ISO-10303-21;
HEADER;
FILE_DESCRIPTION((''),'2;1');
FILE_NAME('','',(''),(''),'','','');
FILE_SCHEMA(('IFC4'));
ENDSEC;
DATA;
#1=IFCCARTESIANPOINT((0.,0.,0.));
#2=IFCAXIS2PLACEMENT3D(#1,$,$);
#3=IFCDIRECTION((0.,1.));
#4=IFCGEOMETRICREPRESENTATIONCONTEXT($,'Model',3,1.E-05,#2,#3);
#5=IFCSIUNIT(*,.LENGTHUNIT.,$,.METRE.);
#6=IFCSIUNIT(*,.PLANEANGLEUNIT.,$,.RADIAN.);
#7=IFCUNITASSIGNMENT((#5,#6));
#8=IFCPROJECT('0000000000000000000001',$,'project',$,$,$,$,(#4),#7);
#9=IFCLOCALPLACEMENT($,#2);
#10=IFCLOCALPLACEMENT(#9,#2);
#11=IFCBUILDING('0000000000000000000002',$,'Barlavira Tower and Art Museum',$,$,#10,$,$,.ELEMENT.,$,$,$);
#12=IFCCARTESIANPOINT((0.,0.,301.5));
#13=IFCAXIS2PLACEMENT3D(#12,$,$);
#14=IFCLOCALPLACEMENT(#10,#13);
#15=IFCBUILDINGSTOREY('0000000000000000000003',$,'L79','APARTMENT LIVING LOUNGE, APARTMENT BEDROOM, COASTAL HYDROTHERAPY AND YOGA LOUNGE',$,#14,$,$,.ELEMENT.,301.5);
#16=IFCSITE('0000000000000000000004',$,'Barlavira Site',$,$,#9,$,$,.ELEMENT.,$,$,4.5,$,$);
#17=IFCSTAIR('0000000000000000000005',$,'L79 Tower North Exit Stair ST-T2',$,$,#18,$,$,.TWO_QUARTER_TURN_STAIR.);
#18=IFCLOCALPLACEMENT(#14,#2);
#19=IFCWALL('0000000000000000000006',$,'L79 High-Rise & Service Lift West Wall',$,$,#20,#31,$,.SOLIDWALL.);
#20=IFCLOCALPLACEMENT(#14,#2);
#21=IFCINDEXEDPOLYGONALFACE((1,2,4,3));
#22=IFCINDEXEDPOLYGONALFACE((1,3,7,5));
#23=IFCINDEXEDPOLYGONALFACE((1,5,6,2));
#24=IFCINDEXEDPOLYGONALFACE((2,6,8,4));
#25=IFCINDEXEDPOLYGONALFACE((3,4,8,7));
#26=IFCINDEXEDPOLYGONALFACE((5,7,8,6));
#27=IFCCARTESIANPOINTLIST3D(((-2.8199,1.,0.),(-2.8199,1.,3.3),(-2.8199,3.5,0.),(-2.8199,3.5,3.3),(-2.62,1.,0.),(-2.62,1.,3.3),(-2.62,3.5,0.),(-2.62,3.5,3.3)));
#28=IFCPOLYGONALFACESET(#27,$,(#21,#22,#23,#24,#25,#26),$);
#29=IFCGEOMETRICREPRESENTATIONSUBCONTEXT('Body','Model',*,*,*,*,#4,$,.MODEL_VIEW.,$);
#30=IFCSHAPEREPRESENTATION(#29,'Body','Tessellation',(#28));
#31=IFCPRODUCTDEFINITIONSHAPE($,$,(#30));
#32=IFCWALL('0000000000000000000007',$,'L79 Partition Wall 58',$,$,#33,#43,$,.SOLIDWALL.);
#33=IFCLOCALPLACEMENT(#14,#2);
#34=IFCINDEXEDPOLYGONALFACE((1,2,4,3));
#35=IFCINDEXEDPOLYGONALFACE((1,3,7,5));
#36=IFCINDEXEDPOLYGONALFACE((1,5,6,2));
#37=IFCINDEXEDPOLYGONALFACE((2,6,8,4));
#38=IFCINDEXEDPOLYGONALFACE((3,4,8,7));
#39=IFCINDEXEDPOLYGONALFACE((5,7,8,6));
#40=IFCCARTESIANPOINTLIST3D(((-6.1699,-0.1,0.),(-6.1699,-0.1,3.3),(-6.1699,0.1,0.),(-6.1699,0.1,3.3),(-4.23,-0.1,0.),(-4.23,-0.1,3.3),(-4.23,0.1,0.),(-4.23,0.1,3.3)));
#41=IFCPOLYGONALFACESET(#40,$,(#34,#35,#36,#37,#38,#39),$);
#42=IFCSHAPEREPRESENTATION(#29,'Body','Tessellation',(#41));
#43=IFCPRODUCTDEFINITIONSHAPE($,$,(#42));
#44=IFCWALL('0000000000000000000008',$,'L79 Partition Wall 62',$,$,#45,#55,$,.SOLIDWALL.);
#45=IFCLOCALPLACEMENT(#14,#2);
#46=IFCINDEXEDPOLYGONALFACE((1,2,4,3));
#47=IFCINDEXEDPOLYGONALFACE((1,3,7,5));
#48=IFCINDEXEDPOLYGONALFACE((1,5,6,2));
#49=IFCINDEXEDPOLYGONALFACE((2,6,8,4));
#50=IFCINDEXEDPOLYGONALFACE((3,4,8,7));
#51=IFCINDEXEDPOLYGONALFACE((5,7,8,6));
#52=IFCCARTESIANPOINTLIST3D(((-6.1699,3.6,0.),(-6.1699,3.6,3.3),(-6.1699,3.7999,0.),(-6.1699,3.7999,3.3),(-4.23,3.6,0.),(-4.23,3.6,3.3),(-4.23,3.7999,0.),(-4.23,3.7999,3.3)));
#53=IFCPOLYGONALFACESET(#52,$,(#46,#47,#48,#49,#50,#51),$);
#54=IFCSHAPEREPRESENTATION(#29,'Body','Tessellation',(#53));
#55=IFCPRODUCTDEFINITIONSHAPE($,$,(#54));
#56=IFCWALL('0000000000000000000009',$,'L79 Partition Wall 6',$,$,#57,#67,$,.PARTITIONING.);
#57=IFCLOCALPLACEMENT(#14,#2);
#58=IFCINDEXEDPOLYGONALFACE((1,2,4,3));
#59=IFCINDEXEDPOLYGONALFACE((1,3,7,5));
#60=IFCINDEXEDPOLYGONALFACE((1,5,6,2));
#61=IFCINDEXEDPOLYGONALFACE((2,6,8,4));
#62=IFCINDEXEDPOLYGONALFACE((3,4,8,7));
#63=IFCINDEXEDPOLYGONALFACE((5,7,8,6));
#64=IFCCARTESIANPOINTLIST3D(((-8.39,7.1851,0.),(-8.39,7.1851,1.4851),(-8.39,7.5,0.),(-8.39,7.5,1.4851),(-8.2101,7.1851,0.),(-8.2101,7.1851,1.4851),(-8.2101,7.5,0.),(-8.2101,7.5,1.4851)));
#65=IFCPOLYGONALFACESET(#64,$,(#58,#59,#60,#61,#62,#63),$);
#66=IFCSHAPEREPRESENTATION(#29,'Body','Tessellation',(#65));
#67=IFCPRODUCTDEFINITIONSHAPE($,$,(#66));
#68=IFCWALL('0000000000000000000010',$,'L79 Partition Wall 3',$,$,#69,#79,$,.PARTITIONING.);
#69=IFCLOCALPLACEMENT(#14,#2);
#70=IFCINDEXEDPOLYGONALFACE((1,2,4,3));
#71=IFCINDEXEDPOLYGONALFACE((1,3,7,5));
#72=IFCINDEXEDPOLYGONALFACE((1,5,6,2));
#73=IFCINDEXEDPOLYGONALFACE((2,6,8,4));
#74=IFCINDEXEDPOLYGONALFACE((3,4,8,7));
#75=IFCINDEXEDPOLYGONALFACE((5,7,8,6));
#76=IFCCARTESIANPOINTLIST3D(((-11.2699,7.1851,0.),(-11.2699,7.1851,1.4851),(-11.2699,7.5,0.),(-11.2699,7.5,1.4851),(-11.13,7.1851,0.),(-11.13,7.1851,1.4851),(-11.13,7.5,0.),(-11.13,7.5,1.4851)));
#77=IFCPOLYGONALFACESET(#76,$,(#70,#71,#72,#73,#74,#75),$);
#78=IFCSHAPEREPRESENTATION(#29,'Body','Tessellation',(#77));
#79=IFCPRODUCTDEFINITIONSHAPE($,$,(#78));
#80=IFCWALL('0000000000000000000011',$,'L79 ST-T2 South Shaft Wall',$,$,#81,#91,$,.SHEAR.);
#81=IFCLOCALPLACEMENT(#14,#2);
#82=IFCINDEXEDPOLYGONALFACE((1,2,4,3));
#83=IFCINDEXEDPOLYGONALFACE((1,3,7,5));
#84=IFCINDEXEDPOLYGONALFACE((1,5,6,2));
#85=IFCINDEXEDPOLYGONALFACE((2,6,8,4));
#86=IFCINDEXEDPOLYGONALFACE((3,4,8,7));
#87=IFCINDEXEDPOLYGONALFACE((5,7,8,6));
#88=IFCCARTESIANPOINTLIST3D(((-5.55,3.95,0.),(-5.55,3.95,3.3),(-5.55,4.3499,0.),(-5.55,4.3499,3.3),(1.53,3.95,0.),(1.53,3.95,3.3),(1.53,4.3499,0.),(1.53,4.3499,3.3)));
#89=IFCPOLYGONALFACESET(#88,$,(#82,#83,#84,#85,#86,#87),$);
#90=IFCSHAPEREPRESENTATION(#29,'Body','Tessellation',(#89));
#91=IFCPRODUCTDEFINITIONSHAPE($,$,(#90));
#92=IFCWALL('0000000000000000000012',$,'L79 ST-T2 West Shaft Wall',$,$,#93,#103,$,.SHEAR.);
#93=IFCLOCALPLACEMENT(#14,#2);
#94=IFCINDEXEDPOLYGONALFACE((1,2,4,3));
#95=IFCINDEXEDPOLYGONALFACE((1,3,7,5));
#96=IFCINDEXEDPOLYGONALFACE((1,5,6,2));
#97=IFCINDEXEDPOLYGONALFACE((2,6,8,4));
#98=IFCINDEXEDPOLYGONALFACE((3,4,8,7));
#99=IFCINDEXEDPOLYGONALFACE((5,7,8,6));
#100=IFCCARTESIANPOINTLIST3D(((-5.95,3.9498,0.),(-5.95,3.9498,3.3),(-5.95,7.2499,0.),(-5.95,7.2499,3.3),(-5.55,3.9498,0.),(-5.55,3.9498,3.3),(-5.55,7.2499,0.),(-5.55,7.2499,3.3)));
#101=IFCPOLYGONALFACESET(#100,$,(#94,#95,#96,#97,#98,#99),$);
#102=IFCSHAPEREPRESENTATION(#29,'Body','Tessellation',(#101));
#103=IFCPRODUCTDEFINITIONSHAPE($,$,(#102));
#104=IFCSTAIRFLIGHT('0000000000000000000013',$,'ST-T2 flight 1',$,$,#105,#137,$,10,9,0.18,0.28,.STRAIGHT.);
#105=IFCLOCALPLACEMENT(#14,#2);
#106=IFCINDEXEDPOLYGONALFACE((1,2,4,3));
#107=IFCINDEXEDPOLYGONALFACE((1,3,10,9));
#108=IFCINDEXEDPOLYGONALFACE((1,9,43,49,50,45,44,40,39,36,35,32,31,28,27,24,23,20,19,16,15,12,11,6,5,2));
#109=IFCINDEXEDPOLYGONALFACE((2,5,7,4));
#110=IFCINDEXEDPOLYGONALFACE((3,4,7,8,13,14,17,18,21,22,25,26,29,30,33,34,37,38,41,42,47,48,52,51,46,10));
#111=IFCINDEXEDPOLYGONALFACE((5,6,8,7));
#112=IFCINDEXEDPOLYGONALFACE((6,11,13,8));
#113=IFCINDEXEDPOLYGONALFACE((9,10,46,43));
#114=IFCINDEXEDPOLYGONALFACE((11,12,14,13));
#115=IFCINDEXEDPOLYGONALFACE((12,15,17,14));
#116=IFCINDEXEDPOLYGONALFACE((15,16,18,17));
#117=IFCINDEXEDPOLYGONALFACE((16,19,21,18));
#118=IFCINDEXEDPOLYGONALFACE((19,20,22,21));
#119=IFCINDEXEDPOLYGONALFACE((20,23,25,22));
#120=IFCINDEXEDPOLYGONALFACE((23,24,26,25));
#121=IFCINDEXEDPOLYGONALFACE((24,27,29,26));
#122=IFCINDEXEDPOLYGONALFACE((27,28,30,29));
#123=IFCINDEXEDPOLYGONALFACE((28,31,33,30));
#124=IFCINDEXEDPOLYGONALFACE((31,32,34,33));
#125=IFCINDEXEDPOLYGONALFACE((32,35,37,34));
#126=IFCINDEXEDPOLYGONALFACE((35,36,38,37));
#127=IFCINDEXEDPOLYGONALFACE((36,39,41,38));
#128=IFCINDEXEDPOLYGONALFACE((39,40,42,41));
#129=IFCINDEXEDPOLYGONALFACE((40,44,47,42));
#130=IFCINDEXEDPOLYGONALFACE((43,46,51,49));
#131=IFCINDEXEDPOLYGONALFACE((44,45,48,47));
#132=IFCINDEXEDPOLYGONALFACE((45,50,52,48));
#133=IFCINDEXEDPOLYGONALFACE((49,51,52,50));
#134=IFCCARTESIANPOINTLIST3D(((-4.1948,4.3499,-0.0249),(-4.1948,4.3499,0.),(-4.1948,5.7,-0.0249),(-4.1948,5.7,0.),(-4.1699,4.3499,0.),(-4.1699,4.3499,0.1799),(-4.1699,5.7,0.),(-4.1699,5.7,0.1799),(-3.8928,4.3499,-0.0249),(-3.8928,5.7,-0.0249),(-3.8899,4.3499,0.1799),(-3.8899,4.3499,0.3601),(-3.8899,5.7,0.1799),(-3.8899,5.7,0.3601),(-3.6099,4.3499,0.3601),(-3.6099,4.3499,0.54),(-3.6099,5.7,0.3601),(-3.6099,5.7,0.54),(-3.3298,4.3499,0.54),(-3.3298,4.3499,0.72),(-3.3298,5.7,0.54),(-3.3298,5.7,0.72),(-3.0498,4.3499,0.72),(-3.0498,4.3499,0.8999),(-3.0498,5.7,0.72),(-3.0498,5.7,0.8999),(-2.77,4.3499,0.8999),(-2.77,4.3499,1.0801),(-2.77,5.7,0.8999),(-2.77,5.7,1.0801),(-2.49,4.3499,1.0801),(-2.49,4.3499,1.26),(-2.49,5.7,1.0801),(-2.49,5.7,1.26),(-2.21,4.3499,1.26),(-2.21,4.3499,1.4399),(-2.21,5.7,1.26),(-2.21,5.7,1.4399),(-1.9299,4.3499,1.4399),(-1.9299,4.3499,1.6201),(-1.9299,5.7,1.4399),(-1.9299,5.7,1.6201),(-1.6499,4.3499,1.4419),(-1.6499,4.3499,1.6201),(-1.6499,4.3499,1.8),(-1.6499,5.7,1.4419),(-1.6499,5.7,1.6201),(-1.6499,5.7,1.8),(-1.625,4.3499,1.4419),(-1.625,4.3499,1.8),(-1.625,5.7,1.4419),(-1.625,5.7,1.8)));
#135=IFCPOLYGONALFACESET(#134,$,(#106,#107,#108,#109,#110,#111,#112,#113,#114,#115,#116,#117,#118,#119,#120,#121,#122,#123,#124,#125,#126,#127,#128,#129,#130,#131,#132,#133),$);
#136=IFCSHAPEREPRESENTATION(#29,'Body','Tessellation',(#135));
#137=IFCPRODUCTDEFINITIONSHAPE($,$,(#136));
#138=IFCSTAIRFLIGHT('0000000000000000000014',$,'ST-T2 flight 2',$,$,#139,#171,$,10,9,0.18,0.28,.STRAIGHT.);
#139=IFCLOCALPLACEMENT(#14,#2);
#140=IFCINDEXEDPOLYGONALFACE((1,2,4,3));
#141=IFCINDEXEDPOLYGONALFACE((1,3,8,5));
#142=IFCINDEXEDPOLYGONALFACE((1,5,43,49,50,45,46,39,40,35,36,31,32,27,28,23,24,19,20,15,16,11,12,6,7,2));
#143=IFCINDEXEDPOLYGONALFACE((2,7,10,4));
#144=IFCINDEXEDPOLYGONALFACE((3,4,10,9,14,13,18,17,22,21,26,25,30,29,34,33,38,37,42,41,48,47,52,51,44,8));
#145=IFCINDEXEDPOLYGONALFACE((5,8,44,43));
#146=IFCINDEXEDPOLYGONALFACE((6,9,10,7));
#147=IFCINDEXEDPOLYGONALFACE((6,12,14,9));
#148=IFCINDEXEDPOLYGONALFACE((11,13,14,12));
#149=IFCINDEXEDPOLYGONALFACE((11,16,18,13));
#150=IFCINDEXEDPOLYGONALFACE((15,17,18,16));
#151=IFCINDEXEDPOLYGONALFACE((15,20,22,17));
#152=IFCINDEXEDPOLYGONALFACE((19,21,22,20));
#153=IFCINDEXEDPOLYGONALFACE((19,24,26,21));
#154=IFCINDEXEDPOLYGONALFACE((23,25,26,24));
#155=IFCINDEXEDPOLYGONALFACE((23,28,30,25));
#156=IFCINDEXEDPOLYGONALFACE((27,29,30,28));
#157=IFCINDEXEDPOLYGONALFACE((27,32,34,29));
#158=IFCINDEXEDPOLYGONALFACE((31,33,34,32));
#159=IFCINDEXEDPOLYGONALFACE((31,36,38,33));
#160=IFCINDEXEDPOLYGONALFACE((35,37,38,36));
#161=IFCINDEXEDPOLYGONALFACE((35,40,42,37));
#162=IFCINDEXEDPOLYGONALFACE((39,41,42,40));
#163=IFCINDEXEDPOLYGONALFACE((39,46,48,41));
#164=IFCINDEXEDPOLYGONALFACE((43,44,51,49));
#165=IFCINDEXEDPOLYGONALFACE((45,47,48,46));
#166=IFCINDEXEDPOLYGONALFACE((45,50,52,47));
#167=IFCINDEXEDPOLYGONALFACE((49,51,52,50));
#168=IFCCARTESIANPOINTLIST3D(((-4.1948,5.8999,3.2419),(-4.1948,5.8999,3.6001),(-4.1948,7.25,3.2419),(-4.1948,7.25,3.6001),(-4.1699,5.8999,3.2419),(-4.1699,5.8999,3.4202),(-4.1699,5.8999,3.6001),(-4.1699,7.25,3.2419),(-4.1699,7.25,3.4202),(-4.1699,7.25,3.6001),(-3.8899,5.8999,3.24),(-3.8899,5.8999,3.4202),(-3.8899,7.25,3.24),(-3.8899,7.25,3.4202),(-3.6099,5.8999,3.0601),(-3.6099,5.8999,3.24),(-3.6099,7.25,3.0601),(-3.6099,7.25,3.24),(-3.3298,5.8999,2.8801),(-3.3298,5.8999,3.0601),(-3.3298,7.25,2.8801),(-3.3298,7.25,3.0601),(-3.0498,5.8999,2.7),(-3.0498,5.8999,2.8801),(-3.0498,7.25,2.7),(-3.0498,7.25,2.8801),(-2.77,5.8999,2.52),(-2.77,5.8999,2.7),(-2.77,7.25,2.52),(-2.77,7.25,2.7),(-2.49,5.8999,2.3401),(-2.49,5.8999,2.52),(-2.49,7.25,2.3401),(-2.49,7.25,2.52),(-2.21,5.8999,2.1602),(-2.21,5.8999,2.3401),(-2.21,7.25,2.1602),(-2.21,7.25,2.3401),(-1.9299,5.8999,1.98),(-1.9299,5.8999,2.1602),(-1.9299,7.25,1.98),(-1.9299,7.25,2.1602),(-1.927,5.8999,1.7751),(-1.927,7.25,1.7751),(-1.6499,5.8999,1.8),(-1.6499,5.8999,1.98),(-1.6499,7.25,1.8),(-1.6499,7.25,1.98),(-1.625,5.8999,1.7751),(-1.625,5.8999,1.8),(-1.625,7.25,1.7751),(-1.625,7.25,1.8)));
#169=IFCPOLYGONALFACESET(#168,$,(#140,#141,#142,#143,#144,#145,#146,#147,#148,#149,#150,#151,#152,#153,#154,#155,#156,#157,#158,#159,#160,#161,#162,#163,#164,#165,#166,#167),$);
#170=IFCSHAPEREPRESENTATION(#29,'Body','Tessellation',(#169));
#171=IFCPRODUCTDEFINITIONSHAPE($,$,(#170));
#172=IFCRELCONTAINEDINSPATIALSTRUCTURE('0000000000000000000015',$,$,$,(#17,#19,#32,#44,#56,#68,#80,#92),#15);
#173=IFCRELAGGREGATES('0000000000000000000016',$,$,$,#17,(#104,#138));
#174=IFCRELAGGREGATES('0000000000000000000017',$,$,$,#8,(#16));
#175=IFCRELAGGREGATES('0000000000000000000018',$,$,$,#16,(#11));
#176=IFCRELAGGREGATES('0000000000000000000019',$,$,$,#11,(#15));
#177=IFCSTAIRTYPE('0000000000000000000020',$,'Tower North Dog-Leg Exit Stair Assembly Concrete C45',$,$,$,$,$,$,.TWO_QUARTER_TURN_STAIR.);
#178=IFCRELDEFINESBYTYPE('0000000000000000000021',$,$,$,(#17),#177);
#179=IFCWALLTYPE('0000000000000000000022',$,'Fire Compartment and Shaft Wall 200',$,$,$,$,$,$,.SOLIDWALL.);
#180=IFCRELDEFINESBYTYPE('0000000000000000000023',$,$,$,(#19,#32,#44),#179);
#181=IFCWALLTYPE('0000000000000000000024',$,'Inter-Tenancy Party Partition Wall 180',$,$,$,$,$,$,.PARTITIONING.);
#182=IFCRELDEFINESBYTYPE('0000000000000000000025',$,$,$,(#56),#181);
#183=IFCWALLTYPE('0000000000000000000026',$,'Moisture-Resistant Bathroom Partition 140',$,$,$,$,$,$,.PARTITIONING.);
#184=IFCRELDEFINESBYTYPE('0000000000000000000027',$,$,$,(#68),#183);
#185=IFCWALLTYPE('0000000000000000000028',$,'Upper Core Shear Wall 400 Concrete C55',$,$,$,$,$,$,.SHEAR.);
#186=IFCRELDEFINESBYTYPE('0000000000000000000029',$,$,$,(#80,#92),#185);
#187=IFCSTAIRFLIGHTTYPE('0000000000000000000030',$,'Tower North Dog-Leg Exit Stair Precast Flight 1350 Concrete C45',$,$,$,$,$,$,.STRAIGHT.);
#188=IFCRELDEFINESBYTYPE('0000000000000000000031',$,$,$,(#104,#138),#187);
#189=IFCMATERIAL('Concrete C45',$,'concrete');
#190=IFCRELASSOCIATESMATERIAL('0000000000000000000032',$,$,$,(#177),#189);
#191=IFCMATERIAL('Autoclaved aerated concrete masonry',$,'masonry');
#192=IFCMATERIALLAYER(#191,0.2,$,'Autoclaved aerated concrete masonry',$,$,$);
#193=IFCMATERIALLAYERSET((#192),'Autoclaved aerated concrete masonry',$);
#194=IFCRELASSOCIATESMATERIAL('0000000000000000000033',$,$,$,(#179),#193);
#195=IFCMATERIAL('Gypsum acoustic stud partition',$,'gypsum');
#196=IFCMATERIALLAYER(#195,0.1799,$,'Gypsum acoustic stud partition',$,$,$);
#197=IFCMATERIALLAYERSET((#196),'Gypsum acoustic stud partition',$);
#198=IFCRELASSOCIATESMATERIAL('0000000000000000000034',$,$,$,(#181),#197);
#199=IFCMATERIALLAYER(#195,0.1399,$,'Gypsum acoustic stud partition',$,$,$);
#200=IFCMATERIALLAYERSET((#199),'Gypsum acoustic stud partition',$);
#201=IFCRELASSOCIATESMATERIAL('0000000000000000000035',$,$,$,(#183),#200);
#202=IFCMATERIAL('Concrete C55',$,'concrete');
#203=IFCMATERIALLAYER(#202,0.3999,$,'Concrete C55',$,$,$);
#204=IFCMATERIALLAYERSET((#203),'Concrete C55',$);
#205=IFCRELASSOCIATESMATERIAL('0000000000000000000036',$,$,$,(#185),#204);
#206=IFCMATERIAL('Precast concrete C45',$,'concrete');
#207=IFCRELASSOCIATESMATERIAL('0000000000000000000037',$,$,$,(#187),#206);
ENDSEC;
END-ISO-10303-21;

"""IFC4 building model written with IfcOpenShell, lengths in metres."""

from ifc_helpers import new_model, si_unit, direction, frame, frame_2d, origin, place, context, subcontext, project, spatial, polyline, rectangle, outline, extrude, material, layer, layer_set, type_object, element, aggregate, save


model = new_model("IFC4")

# Units and contexts
model_context = context("Model", 3, precision=1e-05, world=origin(), true_north=direction((0.0, 1.0)))
body_context = subcontext(model_context, "Body", "Model", "MODEL_VIEW")
ifc_project = project(units=[si_unit("LENGTHUNIT", "METRE"), si_unit("PLANEANGLEUNIT", "RADIAN")], contexts=[model_context])

# Site, building, storey
site_placement = place(None, origin())
site = spatial("IfcSite", under=ifc_project, at=site_placement, Name="Barlavira Site", CompositionType="ELEMENT", RefElevation=4.5)
building_placement = place(site_placement, origin())
building = spatial("IfcBuilding", under=site, at=building_placement, Name="Barlavira Tower and Art Museum", CompositionType="ELEMENT")
storey_placement = place(building_placement, frame((0.0, 0.0, 301.5)))
storey = spatial("IfcBuildingStorey", under=building, at=storey_placement, Name="L79", Description="APARTMENT LIVING LOUNGE, APARTMENT BEDROOM, COASTAL HYDROTHERAPY AND YOGA LOUNGE", CompositionType="ELEMENT", Elevation=301.5)

# Stair
ifc_material_1 = material(Name="Concrete C45", Category="concrete")
stair_type_1 = type_object("IfcStairType", Name="Tower North Dog-Leg Exit Stair Assembly Concrete C45", PredefinedType="TWO_QUARTER_TURN_STAIR", material=ifc_material_1)
stair_1_placement = place(storey_placement, origin())
stair_1 = element("IfcStair", 1, at=stair_1_placement, inside=storey, type_object=stair_type_1, Name="L79 Tower North Exit Stair ST-T2", PredefinedType="TWO_QUARTER_TURN_STAIR")

# Shared definitions
ifc_material_2 = material(Name="Gypsum acoustic stud partition", Category="gypsum")

# Shared definitions
ifc_material_3 = material(Name="Autoclaved aerated concrete masonry", Category="masonry")
ifc_layer_1 = layer(ifc_material_3, 0.2, Name="Autoclaved aerated concrete masonry")
ifc_layer_set_1 = layer_set([ifc_layer_1], Name="Autoclaved aerated concrete masonry")
wall_type_1 = type_object("IfcWallType", Name="Fire Compartment and Shaft Wall 200", PredefinedType="SOLIDWALL", material=ifc_layer_set_1)

# Walls
wall_1_placement = place(storey_placement, frame((-2.72, 1.0, 0.0), z_axis=(0.0, 0.0, 1.0), x_axis=(0.0, 1.0, 0.0)))
element("IfcWall", 2, at=wall_1_placement, inside=storey, type_object=wall_type_1, Name="L79 High-Rise & Service Lift West Wall", PredefinedType="SOLIDWALL", context=body_context, shape_type="SweptSolid", body=[
    extrude(rectangle(XDim=2.5, YDim=0.2, at=frame_2d((1.25, 0.0))), origin(), (0.0, 0.0, 1.0), 3.3),
])
for number, where, z_axis, x_axis, name in (
    (3, (-6.1699, 0.0, 0.0), (0.0, 0.0, 1.0), (1.0, 0.0, 0.0), "L79 Partition Wall 58"),
    (4, (-6.1699, 3.7, 0.0), (0.0, 0.0, 1.0), (1.0, 0.0, 0.0), "L79 Partition Wall 62"),
):
    element("IfcWall", number, at=place(storey_placement, frame(where, z_axis=z_axis, x_axis=x_axis)), inside=storey, type_object=wall_type_1, Name=name, PredefinedType="SOLIDWALL", context=body_context, shape_type="SweptSolid", body=[
        extrude(rectangle(XDim=1.9399, YDim=0.2, at=frame_2d((0.97, 0.0))), origin(), (0.0, 0.0, 1.0), 3.3),
    ])
ifc_layer_2 = layer(ifc_material_2, 0.1799, Name="Gypsum acoustic stud partition")
ifc_layer_set_2 = layer_set([ifc_layer_2], Name="Gypsum acoustic stud partition")
wall_type_2 = type_object("IfcWallType", Name="Inter-Tenancy Party Partition Wall 180", PredefinedType="PARTITIONING", material=ifc_layer_set_2)
wall_2_placement = place(storey_placement, frame((-8.3, 7.1851, 0.0), z_axis=(0.0, 0.0, 1.0), x_axis=(0.0, 1.0, 0.0)))
element("IfcWall", 5, at=wall_2_placement, inside=storey, type_object=wall_type_2, Name="L79 Partition Wall 6", PredefinedType="PARTITIONING", context=body_context, shape_type="SweptSolid", body=[
    extrude(rectangle(XDim=0.3149, YDim=0.1799, at=frame_2d((0.1575, 0.0))), origin(), (0.0, 0.0, 1.0), 1.4851),
])
ifc_layer_3 = layer(ifc_material_2, 0.1399, Name="Gypsum acoustic stud partition")
ifc_layer_set_3 = layer_set([ifc_layer_3], Name="Gypsum acoustic stud partition")
wall_type_3 = type_object("IfcWallType", Name="Moisture-Resistant Bathroom Partition 140", PredefinedType="PARTITIONING", material=ifc_layer_set_3)
wall_3_placement = place(storey_placement, frame((-11.2, 7.1851, 0.0), z_axis=(0.0, 0.0, 1.0), x_axis=(0.0, 1.0, 0.0)))
element("IfcWall", 6, at=wall_3_placement, inside=storey, type_object=wall_type_3, Name="L79 Partition Wall 3", PredefinedType="PARTITIONING", context=body_context, shape_type="SweptSolid", body=[
    extrude(rectangle(XDim=0.3149, YDim=0.1399, at=frame_2d((0.1575, 0.0))), origin(), (0.0, 0.0, 1.0), 1.4851),
])
ifc_material_4 = material(Name="Concrete C55", Category="concrete")
ifc_layer_4 = layer(ifc_material_4, 0.3999, Name="Concrete C55")
ifc_layer_set_4 = layer_set([ifc_layer_4], Name="Concrete C55")
wall_type_4 = type_object("IfcWallType", Name="Upper Core Shear Wall 400 Concrete C55", PredefinedType="SHEAR", material=ifc_layer_set_4)
wall_4_placement = place(storey_placement, frame((-5.55, 4.1499, 0.0), z_axis=(0.0, 0.0, 1.0), x_axis=(1.0, 0.0, 0.0)))
element("IfcWall", 7, at=wall_4_placement, inside=storey, type_object=wall_type_4, Name="L79 ST-T2 South Shaft Wall", PredefinedType="SHEAR", context=body_context, shape_type="SweptSolid", body=[
    extrude(rectangle(XDim=7.0801, YDim=0.3999, at=frame_2d((3.54, 0.0))), origin(), (0.0, 0.0, 1.0), 3.3),
])
wall_5_placement = place(storey_placement, frame((-5.75, 3.95, 0.0), z_axis=(0.0, 0.0, 1.0), x_axis=(0.0, 1.0, 0.0)))
element("IfcWall", 8, at=wall_5_placement, inside=storey, type_object=wall_type_4, Name="L79 ST-T2 West Shaft Wall", PredefinedType="SHEAR", context=body_context, shape_type="SweptSolid", body=[
    extrude(rectangle(XDim=3.3, YDim=0.3999, at=frame_2d((1.6499, 0.0))), origin(), (0.0, 0.0, 1.0), 3.3),
])

# Stair flights
ifc_material_5 = material(Name="Precast concrete C45", Category="concrete")
stair_flight_type = type_object("IfcStairFlightType", Name="Tower North Dog-Leg Exit Stair Precast Flight 1350 Concrete C45", PredefinedType="STRAIGHT", material=ifc_material_5)
stair_flight_1_placement = place(storey_placement, frame((-4.1699, 5.0249, 0.0), z_axis=(0.0, 0.0, 1.0), x_axis=(1.0, 0.0, 0.0)))
stair_flight_1 = element("IfcStairFlight", 9, at=stair_flight_1_placement, type_object=stair_flight_type, Name="ST-T2 flight 1", NumberOfRisers=10, NumberOfTreads=9, PredefinedType="STRAIGHT", RiserHeight=0.18, TreadLength=0.28, context=body_context, shape_type="SweptSolid", body=[
    extrude(outline(polyline([(-0.0249, 0.0), (0.0, 0.0), (0.0, 0.1799), (0.28, 0.1799), (0.28, 0.3601), (0.5601, 0.3601), (0.5601, 0.54), (0.8401, 0.54), (0.8401, 0.72), (1.1201, 0.72), (1.1201, 0.8999), (1.3999, 0.8999), (1.3999, 1.0801), (1.6799, 1.0801), (1.6799, 1.26), (1.96, 1.26), (1.96, 1.4399), (2.24, 1.4399), (2.24, 1.6201), (2.52, 1.6201), (2.52, 1.8), (2.5449, 1.8), (2.5449, 1.4419), (2.52, 1.4419), (0.2771, -0.0249), (-0.0249, -0.0249), (-0.0249, 0.0)])), frame((0.0, 0.675, 0.0), z_axis=(0.0, -1.0, 0.0), x_axis=(1.0, 0.0, 0.0)), (0.0, 0.0, 1.0), 1.3501),
])
stair_flight_2_placement = place(storey_placement, frame((-1.6499, 6.575, 1.8), z_axis=(0.0, 0.0, 1.0), x_axis=(-1.0, 0.0, 0.0)))
stair_flight_2 = element("IfcStairFlight", 10, at=stair_flight_2_placement, type_object=stair_flight_type, Name="ST-T2 flight 2", NumberOfRisers=10, NumberOfTreads=9, PredefinedType="STRAIGHT", RiserHeight=0.18, TreadLength=0.28, context=body_context, shape_type="SweptSolid", body=[
    extrude(outline(polyline([(-0.0249, 0.0), (0.0, 0.0), (0.0, 0.1799), (0.28, 0.1799), (0.28, 0.3601), (0.5601, 0.3601), (0.5601, 0.54), (0.8401, 0.54), (0.8401, 0.72), (1.1201, 0.72), (1.1201, 0.8999), (1.3999, 0.8999), (1.3999, 1.0801), (1.6799, 1.0801), (1.6799, 1.26), (1.96, 1.26), (1.96, 1.4399), (2.24, 1.4399), (2.24, 1.6201), (2.52, 1.6201), (2.52, 1.8), (2.5449, 1.8), (2.5449, 1.4419), (2.52, 1.4419), (0.2771, -0.0249), (-0.0249, -0.0249), (-0.0249, 0.0)])), frame((0.0, 0.675, 0.0), z_axis=(0.0, -1.0, 0.0), x_axis=(1.0, 0.0, 0.0)), (0.0, 0.0, 1.0), 1.3501),
])
aggregate(stair_1, [stair_flight_1, stair_flight_2])

save(model, "model.ifc")
